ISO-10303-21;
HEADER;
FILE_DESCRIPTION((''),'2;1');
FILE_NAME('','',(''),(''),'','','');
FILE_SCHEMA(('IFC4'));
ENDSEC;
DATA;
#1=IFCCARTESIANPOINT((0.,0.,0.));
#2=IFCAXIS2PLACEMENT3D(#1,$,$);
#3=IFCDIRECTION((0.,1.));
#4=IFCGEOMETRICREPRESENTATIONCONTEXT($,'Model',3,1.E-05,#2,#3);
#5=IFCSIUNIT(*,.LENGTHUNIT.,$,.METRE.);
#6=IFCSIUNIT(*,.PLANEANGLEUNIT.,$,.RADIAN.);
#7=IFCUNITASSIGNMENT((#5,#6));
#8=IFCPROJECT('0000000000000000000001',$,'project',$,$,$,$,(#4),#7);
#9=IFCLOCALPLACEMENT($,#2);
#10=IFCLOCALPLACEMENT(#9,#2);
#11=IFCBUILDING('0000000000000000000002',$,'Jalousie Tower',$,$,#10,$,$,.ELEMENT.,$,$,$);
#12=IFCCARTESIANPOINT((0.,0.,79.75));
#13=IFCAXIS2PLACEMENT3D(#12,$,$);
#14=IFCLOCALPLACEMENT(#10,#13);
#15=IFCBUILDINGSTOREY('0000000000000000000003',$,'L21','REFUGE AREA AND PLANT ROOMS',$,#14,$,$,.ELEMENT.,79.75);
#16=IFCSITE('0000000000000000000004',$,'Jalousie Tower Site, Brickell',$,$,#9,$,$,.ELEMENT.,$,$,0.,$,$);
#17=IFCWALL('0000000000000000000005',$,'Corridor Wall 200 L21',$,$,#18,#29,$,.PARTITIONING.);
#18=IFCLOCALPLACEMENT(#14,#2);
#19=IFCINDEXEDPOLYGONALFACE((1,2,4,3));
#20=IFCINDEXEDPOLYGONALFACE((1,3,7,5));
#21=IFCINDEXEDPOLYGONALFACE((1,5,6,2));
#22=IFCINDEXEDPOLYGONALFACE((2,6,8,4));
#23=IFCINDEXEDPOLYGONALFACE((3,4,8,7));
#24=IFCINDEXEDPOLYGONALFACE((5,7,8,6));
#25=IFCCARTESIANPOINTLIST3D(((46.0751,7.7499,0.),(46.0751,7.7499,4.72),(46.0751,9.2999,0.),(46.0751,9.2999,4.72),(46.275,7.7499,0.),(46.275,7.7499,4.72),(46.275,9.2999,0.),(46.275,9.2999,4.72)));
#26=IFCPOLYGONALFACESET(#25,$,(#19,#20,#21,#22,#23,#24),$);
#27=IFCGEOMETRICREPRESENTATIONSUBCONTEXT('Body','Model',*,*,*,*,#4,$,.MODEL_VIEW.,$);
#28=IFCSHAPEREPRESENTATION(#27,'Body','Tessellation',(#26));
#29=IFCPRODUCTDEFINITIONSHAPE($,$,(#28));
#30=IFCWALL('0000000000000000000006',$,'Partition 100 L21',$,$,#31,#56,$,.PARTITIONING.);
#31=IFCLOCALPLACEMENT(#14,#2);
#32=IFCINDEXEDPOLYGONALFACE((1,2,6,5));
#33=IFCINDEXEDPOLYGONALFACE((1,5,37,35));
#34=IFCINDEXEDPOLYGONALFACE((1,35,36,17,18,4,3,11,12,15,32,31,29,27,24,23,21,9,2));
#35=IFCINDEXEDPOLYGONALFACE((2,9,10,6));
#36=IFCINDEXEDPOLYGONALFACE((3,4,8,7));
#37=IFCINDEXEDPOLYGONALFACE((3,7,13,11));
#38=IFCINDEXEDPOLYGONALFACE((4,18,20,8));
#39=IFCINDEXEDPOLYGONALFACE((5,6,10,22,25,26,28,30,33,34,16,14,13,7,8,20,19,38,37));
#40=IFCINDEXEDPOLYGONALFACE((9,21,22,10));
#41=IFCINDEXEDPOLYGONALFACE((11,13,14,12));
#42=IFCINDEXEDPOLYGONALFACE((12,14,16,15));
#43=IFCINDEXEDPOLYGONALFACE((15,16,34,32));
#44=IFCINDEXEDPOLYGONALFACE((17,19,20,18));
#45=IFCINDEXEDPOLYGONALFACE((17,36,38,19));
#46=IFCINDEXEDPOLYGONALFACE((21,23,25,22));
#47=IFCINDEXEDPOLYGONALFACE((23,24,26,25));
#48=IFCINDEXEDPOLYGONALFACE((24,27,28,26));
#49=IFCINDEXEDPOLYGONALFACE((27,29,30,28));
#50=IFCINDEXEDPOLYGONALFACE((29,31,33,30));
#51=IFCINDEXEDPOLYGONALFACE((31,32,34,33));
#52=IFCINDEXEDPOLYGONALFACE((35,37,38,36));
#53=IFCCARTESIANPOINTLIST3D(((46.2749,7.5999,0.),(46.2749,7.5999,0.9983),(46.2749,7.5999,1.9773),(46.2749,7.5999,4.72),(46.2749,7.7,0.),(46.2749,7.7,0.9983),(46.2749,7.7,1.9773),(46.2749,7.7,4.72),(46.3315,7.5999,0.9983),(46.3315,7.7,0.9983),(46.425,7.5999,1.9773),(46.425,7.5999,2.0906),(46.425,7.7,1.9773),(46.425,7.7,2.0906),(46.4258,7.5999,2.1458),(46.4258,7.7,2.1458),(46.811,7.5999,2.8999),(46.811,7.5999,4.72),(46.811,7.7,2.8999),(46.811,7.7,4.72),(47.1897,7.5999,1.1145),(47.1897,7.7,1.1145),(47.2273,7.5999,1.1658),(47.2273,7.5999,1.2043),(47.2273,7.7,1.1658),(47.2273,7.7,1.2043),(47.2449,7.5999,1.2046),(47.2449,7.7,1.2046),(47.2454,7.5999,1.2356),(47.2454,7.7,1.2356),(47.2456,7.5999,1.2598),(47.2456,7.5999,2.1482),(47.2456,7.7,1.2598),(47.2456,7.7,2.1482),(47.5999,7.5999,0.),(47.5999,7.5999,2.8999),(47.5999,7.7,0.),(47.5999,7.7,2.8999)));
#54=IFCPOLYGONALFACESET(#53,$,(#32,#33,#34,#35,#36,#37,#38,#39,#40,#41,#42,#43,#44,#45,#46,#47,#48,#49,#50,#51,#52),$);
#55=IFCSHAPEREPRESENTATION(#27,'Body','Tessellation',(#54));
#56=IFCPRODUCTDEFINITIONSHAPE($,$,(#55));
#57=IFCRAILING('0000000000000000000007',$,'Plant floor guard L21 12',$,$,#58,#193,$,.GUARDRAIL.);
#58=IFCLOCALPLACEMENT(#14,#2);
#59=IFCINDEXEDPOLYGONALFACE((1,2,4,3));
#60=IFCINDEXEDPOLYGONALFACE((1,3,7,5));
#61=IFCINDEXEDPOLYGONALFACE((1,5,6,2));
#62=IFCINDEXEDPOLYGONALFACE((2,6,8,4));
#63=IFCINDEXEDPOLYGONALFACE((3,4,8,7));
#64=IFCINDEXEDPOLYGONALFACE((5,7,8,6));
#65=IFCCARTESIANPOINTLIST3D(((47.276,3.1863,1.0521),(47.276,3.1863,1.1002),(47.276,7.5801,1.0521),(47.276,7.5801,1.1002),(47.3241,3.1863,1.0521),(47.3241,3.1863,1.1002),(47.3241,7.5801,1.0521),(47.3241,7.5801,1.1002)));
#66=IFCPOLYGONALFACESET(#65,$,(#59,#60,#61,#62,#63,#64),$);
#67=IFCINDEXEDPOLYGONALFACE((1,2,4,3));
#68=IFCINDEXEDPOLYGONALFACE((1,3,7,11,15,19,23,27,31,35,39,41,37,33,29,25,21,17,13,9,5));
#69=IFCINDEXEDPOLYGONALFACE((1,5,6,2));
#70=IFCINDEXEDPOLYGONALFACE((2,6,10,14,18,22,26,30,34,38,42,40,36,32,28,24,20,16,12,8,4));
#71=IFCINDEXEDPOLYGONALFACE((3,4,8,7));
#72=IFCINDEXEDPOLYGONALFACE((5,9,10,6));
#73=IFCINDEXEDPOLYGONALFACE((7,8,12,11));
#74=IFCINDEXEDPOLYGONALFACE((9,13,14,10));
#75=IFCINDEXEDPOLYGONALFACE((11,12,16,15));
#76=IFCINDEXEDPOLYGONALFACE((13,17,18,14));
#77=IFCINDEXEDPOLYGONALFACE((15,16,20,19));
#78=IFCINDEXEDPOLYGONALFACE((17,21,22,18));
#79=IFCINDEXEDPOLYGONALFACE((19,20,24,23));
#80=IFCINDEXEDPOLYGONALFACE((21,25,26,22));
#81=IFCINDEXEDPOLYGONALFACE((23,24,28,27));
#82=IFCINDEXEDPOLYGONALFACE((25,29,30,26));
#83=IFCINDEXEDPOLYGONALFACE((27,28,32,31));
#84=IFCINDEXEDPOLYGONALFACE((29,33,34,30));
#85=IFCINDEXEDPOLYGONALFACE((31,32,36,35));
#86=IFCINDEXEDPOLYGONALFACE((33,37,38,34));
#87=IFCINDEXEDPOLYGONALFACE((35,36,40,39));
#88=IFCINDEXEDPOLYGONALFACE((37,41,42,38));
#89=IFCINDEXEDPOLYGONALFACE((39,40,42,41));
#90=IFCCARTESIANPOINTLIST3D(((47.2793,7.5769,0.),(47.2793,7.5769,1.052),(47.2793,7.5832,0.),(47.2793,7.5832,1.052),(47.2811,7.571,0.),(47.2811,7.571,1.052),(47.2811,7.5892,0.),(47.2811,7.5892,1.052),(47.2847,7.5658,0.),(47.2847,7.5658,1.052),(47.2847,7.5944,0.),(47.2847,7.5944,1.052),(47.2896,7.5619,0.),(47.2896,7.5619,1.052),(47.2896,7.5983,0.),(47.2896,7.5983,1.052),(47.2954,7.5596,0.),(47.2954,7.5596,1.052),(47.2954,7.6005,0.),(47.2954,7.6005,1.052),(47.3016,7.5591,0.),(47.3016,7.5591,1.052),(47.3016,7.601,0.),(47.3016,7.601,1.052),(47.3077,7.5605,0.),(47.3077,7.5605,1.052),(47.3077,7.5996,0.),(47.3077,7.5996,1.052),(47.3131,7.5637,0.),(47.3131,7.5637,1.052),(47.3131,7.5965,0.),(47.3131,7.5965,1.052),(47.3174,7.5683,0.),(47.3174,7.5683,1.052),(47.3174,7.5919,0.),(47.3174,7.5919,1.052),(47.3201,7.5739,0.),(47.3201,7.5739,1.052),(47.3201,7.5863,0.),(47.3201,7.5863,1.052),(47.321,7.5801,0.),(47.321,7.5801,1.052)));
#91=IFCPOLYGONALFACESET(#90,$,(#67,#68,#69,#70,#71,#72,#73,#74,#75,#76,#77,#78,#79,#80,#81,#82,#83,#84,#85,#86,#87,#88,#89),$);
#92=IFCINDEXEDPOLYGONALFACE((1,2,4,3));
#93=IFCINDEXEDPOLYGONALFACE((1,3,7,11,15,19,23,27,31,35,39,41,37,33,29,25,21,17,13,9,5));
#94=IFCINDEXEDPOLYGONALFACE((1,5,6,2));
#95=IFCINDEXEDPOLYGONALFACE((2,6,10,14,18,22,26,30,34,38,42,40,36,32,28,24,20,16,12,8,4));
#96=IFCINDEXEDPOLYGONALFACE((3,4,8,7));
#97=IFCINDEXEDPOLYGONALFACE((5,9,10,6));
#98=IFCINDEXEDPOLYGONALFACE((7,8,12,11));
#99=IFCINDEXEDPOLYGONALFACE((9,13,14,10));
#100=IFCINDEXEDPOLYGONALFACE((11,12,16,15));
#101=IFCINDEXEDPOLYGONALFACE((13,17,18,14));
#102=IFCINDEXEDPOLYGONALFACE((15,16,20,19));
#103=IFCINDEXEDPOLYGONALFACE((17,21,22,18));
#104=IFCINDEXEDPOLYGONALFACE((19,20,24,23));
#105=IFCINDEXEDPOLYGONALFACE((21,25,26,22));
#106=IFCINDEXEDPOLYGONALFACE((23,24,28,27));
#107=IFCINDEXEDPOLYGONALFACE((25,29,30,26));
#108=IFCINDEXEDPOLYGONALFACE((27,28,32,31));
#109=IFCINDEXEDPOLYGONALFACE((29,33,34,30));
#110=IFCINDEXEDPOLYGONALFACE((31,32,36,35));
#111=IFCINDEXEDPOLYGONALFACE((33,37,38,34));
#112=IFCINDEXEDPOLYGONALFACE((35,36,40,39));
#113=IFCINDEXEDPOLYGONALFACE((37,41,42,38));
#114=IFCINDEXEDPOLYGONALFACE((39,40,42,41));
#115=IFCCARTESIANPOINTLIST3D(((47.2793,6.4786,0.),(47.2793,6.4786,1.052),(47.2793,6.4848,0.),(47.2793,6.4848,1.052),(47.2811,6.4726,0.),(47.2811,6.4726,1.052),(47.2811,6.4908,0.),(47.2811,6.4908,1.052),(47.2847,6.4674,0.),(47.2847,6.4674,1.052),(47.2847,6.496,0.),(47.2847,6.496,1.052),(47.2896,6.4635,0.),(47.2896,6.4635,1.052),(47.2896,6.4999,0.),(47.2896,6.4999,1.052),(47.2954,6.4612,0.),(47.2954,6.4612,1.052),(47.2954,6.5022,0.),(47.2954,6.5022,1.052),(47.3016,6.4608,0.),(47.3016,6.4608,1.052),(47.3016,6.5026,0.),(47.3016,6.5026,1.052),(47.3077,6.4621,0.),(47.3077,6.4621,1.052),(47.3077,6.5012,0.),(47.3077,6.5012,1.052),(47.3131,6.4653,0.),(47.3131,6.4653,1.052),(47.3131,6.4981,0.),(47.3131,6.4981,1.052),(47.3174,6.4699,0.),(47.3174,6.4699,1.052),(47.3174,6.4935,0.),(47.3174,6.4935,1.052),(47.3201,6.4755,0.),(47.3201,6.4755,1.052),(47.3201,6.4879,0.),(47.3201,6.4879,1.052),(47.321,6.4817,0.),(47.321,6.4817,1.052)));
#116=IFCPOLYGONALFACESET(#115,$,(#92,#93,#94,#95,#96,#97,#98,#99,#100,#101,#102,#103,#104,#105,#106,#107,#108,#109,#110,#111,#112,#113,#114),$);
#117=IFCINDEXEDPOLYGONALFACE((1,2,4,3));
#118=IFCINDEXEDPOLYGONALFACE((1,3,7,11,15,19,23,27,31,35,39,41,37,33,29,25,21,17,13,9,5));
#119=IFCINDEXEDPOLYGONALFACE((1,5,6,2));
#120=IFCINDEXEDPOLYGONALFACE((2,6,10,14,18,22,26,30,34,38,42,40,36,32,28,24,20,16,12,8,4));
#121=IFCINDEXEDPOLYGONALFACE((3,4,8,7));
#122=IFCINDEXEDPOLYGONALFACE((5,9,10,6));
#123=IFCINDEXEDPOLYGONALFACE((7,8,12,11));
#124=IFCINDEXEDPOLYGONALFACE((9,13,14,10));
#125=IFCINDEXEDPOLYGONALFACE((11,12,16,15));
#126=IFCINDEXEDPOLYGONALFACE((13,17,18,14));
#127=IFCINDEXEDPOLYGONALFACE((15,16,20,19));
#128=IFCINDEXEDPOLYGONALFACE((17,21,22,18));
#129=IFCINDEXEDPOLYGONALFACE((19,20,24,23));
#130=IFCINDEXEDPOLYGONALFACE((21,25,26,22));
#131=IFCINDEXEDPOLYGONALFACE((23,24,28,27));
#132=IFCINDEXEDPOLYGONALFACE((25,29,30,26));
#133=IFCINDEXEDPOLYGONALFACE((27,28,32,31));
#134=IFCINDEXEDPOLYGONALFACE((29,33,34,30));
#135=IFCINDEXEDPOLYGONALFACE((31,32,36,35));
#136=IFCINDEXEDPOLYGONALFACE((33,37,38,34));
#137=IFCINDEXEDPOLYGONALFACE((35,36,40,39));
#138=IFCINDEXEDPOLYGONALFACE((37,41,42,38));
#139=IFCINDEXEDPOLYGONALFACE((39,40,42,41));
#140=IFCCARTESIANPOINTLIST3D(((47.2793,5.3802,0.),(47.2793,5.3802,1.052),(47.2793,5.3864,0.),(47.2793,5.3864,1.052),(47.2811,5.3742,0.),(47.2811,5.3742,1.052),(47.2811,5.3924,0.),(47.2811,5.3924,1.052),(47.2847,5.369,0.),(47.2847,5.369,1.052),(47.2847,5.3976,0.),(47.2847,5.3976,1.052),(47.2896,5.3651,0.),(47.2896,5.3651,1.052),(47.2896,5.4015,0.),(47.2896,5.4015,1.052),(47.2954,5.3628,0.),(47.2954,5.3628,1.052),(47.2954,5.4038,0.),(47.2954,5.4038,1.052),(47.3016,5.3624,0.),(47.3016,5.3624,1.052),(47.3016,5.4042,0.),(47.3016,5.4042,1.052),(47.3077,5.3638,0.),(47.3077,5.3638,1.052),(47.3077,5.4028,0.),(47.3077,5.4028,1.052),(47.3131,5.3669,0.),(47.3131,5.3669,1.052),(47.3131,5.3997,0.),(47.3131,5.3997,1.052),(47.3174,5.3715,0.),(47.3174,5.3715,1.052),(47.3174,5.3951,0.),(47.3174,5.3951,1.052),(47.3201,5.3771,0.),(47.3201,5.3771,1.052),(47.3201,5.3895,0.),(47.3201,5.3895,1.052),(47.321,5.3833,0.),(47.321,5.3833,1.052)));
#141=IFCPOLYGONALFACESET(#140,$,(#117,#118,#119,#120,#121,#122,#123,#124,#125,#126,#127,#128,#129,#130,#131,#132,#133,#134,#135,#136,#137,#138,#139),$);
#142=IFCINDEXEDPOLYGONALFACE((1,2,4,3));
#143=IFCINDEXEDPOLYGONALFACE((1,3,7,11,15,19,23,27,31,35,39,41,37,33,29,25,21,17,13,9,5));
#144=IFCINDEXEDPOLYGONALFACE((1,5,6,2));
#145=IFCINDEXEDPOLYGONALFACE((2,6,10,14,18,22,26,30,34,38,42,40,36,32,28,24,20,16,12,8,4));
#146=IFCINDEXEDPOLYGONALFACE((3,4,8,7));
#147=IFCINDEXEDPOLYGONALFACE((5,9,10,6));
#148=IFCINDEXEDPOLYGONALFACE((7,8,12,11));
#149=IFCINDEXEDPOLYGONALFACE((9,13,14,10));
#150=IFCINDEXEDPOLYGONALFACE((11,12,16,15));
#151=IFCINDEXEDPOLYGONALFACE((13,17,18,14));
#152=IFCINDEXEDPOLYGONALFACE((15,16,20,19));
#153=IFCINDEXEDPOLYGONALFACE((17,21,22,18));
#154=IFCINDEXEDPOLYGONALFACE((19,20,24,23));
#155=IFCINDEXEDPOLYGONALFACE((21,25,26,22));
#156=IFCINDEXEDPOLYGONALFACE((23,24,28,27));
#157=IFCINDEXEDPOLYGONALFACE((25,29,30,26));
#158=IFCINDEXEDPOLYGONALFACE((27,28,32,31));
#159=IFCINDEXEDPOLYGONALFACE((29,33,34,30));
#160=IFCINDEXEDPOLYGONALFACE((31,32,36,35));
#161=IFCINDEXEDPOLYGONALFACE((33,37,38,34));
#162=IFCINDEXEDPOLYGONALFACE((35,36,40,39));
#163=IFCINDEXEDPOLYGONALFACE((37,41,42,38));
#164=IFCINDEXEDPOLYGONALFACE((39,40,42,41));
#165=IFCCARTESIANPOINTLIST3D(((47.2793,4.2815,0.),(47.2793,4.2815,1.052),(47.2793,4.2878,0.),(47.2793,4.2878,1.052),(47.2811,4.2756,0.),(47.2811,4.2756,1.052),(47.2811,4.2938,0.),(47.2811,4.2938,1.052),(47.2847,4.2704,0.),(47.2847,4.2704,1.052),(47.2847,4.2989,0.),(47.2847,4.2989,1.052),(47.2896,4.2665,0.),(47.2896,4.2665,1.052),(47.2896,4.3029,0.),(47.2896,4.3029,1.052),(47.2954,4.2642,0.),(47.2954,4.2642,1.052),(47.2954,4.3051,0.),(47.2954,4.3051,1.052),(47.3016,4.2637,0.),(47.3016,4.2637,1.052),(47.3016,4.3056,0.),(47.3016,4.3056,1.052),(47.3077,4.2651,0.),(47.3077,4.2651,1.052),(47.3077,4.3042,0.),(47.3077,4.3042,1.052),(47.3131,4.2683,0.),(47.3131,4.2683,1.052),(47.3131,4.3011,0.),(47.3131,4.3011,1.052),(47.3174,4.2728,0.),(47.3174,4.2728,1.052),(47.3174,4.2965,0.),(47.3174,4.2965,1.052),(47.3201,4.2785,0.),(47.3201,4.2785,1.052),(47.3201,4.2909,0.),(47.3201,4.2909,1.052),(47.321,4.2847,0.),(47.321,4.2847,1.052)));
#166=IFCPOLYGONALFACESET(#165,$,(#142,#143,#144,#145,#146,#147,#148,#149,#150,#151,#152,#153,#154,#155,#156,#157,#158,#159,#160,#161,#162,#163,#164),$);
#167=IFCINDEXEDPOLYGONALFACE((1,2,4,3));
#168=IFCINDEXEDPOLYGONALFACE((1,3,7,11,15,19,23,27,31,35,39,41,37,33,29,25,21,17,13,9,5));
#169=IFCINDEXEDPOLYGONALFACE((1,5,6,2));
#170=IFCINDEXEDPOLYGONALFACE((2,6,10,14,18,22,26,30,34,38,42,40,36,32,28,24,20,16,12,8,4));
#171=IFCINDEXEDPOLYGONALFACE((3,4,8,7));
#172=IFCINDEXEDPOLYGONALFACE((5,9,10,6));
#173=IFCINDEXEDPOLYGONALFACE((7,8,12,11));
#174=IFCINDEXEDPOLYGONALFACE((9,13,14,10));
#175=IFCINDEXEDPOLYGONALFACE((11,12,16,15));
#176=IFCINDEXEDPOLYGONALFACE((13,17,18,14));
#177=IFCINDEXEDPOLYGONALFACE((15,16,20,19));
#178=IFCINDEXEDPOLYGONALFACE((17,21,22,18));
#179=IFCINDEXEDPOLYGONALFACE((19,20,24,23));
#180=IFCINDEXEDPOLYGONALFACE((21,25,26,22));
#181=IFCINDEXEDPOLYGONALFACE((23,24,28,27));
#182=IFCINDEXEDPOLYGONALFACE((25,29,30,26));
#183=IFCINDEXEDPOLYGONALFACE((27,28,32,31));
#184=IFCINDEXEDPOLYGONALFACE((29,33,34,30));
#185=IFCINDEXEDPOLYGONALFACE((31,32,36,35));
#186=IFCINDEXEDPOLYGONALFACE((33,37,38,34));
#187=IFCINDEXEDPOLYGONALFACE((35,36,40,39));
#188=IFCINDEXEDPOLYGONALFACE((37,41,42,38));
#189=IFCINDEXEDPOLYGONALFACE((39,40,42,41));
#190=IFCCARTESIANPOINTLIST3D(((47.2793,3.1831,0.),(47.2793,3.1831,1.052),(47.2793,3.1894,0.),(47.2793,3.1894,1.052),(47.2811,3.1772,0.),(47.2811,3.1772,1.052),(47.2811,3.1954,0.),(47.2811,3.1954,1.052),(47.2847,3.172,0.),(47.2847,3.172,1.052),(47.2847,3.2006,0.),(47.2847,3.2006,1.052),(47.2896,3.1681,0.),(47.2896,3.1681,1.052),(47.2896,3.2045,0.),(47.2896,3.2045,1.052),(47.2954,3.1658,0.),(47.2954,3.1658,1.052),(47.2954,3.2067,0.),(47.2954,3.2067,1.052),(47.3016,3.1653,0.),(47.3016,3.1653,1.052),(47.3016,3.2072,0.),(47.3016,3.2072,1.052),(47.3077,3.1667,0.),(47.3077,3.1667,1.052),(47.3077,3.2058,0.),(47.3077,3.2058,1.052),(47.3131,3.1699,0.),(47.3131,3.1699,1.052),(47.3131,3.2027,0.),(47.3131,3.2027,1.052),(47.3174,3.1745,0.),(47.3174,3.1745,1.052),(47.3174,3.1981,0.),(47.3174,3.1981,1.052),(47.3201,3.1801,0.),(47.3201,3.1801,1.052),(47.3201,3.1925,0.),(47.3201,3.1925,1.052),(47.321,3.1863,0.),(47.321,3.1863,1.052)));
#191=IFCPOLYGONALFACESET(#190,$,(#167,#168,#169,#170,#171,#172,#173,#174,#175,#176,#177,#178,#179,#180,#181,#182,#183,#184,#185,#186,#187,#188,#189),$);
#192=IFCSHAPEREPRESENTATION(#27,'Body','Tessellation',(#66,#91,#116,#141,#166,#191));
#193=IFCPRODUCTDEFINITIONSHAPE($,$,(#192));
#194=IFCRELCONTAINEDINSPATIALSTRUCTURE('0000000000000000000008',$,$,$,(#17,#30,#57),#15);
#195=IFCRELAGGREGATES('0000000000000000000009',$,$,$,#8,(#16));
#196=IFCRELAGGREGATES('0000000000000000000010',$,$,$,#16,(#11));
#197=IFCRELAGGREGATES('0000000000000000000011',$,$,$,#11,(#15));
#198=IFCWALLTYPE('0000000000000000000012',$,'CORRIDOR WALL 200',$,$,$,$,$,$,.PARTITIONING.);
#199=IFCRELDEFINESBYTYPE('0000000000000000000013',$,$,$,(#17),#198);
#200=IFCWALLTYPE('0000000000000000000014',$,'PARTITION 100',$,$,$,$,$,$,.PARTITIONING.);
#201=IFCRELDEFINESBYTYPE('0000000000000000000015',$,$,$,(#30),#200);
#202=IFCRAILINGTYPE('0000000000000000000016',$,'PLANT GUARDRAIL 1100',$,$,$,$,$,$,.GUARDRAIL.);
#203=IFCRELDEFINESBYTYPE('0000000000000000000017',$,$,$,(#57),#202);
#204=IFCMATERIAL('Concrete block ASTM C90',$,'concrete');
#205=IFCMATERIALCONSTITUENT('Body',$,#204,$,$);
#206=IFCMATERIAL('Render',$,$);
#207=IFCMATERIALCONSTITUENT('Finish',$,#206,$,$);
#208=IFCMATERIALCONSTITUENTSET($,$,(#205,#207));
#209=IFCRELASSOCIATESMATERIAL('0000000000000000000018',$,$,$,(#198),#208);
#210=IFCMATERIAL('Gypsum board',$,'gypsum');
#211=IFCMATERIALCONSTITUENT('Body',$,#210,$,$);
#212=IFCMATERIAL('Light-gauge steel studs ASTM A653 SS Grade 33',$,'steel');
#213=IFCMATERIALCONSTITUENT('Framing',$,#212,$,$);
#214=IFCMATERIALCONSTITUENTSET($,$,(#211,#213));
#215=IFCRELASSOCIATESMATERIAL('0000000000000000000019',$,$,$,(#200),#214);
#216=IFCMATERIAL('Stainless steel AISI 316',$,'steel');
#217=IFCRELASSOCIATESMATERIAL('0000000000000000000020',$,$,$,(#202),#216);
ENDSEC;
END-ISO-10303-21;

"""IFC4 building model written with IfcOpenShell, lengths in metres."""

from ifc_helpers import new_model, si_unit, direction, frame, frame_2d, origin, origin_2d, place, context, subcontext, project, spatial, polyline, rectangle, circle, outline, extrude, material, constituent, constituent_set, type_object, element, save


model = new_model("IFC4")

# Units and contexts
model_context = context("Model", 3, precision=1e-05, world=origin(), true_north=direction((0.0, 1.0)))
body_context = subcontext(model_context, "Body", "Model", "MODEL_VIEW")
ifc_project = project(units=[si_unit("LENGTHUNIT", "METRE"), si_unit("PLANEANGLEUNIT", "RADIAN")], contexts=[model_context])

# Site, building, storey
site_placement = place(None, origin())
site = spatial("IfcSite", under=ifc_project, at=site_placement, Name="Jalousie Tower Site, Brickell", CompositionType="ELEMENT", RefElevation=0.0)
building_placement = place(site_placement, origin())
building = spatial("IfcBuilding", under=site, at=building_placement, Name="Jalousie Tower", CompositionType="ELEMENT")
storey_placement = place(building_placement, frame((0.0, 0.0, 79.75)))
storey = spatial("IfcBuildingStorey", under=building, at=storey_placement, Name="L21", Description="REFUGE AREA AND PLANT ROOMS", CompositionType="ELEMENT", Elevation=79.75)

# Walls
ifc_material_1 = material(Name="Concrete block ASTM C90", Category="concrete")
ifc_constituent_1 = constituent(ifc_material_1, Name="Body")
ifc_material_2 = material(Name="Render")
ifc_constituent_2 = constituent(ifc_material_2, Name="Finish")
ifc_constituent_set_1 = constituent_set(constituents=[ifc_constituent_1, ifc_constituent_2])
wall_type_1 = type_object("IfcWallType", Name="CORRIDOR WALL 200", PredefinedType="PARTITIONING", material=ifc_constituent_set_1)
wall_1_placement = place(storey_placement, frame((46.175, 7.75, 0.0), z_axis=(0.0, 0.0, 1.0), x_axis=(0.0, 1.0, 0.0)))
element("IfcWall", 1, at=wall_1_placement, inside=storey, type_object=wall_type_1, Name="Corridor Wall 200 L21", PredefinedType="PARTITIONING", context=body_context, shape_type="SweptSolid", body=[
    extrude(rectangle(XDim=1.55, YDim=0.2, at=frame_2d((0.7749, 0.0))), origin(), (0.0, 0.0, 1.0), 4.72),
])
ifc_material_3 = material(Name="Gypsum board", Category="gypsum")
ifc_constituent_3 = constituent(ifc_material_3, Name="Body")
ifc_material_4 = material(Name="Light-gauge steel studs ASTM A653 SS Grade 33", Category="steel")
ifc_constituent_4 = constituent(ifc_material_4, Name="Framing")
ifc_constituent_set_2 = constituent_set(constituents=[ifc_constituent_3, ifc_constituent_4])
wall_type_2 = type_object("IfcWallType", Name="PARTITION 100", PredefinedType="PARTITIONING", material=ifc_constituent_set_2)
wall_2_placement = place(storey_placement, frame((46.2749, 7.6499, 0.0), z_axis=(0.0, 0.0, 1.0), x_axis=(1.0, 0.0, 0.0)))
element("IfcWall", 2, at=wall_2_placement, inside=storey, type_object=wall_type_2, Name="Partition 100 L21", PredefinedType="PARTITIONING", context=body_context, shape_type="SweptSolid", body=[
    extrude(outline(polyline([(0.0566, 0.9983), (0.0, 0.9983), (0.0, 0.0), (1.325, 0.0), (1.325, 2.8999), (0.5361, 2.8999), (0.5361, 4.72), (0.0, 4.72), (0.0, 1.9773), (0.1501, 1.9773), (0.1501, 2.0906), (0.1509, 2.1458), (0.9707, 2.1482), (0.9707, 1.2598), (0.9705, 1.2356), (0.97, 1.2046), (0.9524, 1.2043), (0.9524, 1.1658), (0.9148, 1.1145), (0.0566, 0.9983)])), frame((0.0, 0.05, 0.0), z_axis=(0.0, -1.0, 0.0), x_axis=(1.0, 0.0, 0.0)), (0.0, 0.0, 1.0), 0.1001),
])

# Railing
ifc_material_5 = material(Name="Stainless steel AISI 316", Category="steel")
railing_type = type_object("IfcRailingType", Name="PLANT GUARDRAIL 1100", PredefinedType="GUARDRAIL", material=ifc_material_5)
railing_1_placement = place(storey_placement, frame((47.3, 7.5801, 0.0)))
element("IfcRailing", 3, at=railing_1_placement, inside=storey, type_object=railing_type, Name="Plant floor guard L21 12", PredefinedType="GUARDRAIL", context=body_context, shape_type="SweptSolid", body=[
    extrude(rectangle(XDim=0.0481, YDim=0.0481, at=origin_2d()), frame((0.0, 0.0, 1.0762), z_axis=(0.0, -1.0, 0.0), x_axis=(1.0, 0.0, 0.0)), (0.0, 0.0, 1.0), 4.3938),
    extrude(circle(Radius=0.021, at=origin_2d()), origin(), (0.0, 0.0, 1.0), 1.052),
    extrude(circle(Radius=0.021, at=origin_2d()), frame((0.0, -1.0984, 0.0)), (0.0, 0.0, 1.0), 1.052),
    extrude(circle(Radius=0.021, at=origin_2d()), frame((0.0, -2.1968, 0.0)), (0.0, 0.0, 1.0), 1.052),
    extrude(circle(Radius=0.021, at=origin_2d()), frame((0.0, -3.2954, 0.0)), (0.0, 0.0, 1.0), 1.052),
    extrude(circle(Radius=0.021, at=origin_2d()), frame((0.0, -4.3938, 0.0)), (0.0, 0.0, 1.0), 1.052),
])

save(model, "model.ifc")
